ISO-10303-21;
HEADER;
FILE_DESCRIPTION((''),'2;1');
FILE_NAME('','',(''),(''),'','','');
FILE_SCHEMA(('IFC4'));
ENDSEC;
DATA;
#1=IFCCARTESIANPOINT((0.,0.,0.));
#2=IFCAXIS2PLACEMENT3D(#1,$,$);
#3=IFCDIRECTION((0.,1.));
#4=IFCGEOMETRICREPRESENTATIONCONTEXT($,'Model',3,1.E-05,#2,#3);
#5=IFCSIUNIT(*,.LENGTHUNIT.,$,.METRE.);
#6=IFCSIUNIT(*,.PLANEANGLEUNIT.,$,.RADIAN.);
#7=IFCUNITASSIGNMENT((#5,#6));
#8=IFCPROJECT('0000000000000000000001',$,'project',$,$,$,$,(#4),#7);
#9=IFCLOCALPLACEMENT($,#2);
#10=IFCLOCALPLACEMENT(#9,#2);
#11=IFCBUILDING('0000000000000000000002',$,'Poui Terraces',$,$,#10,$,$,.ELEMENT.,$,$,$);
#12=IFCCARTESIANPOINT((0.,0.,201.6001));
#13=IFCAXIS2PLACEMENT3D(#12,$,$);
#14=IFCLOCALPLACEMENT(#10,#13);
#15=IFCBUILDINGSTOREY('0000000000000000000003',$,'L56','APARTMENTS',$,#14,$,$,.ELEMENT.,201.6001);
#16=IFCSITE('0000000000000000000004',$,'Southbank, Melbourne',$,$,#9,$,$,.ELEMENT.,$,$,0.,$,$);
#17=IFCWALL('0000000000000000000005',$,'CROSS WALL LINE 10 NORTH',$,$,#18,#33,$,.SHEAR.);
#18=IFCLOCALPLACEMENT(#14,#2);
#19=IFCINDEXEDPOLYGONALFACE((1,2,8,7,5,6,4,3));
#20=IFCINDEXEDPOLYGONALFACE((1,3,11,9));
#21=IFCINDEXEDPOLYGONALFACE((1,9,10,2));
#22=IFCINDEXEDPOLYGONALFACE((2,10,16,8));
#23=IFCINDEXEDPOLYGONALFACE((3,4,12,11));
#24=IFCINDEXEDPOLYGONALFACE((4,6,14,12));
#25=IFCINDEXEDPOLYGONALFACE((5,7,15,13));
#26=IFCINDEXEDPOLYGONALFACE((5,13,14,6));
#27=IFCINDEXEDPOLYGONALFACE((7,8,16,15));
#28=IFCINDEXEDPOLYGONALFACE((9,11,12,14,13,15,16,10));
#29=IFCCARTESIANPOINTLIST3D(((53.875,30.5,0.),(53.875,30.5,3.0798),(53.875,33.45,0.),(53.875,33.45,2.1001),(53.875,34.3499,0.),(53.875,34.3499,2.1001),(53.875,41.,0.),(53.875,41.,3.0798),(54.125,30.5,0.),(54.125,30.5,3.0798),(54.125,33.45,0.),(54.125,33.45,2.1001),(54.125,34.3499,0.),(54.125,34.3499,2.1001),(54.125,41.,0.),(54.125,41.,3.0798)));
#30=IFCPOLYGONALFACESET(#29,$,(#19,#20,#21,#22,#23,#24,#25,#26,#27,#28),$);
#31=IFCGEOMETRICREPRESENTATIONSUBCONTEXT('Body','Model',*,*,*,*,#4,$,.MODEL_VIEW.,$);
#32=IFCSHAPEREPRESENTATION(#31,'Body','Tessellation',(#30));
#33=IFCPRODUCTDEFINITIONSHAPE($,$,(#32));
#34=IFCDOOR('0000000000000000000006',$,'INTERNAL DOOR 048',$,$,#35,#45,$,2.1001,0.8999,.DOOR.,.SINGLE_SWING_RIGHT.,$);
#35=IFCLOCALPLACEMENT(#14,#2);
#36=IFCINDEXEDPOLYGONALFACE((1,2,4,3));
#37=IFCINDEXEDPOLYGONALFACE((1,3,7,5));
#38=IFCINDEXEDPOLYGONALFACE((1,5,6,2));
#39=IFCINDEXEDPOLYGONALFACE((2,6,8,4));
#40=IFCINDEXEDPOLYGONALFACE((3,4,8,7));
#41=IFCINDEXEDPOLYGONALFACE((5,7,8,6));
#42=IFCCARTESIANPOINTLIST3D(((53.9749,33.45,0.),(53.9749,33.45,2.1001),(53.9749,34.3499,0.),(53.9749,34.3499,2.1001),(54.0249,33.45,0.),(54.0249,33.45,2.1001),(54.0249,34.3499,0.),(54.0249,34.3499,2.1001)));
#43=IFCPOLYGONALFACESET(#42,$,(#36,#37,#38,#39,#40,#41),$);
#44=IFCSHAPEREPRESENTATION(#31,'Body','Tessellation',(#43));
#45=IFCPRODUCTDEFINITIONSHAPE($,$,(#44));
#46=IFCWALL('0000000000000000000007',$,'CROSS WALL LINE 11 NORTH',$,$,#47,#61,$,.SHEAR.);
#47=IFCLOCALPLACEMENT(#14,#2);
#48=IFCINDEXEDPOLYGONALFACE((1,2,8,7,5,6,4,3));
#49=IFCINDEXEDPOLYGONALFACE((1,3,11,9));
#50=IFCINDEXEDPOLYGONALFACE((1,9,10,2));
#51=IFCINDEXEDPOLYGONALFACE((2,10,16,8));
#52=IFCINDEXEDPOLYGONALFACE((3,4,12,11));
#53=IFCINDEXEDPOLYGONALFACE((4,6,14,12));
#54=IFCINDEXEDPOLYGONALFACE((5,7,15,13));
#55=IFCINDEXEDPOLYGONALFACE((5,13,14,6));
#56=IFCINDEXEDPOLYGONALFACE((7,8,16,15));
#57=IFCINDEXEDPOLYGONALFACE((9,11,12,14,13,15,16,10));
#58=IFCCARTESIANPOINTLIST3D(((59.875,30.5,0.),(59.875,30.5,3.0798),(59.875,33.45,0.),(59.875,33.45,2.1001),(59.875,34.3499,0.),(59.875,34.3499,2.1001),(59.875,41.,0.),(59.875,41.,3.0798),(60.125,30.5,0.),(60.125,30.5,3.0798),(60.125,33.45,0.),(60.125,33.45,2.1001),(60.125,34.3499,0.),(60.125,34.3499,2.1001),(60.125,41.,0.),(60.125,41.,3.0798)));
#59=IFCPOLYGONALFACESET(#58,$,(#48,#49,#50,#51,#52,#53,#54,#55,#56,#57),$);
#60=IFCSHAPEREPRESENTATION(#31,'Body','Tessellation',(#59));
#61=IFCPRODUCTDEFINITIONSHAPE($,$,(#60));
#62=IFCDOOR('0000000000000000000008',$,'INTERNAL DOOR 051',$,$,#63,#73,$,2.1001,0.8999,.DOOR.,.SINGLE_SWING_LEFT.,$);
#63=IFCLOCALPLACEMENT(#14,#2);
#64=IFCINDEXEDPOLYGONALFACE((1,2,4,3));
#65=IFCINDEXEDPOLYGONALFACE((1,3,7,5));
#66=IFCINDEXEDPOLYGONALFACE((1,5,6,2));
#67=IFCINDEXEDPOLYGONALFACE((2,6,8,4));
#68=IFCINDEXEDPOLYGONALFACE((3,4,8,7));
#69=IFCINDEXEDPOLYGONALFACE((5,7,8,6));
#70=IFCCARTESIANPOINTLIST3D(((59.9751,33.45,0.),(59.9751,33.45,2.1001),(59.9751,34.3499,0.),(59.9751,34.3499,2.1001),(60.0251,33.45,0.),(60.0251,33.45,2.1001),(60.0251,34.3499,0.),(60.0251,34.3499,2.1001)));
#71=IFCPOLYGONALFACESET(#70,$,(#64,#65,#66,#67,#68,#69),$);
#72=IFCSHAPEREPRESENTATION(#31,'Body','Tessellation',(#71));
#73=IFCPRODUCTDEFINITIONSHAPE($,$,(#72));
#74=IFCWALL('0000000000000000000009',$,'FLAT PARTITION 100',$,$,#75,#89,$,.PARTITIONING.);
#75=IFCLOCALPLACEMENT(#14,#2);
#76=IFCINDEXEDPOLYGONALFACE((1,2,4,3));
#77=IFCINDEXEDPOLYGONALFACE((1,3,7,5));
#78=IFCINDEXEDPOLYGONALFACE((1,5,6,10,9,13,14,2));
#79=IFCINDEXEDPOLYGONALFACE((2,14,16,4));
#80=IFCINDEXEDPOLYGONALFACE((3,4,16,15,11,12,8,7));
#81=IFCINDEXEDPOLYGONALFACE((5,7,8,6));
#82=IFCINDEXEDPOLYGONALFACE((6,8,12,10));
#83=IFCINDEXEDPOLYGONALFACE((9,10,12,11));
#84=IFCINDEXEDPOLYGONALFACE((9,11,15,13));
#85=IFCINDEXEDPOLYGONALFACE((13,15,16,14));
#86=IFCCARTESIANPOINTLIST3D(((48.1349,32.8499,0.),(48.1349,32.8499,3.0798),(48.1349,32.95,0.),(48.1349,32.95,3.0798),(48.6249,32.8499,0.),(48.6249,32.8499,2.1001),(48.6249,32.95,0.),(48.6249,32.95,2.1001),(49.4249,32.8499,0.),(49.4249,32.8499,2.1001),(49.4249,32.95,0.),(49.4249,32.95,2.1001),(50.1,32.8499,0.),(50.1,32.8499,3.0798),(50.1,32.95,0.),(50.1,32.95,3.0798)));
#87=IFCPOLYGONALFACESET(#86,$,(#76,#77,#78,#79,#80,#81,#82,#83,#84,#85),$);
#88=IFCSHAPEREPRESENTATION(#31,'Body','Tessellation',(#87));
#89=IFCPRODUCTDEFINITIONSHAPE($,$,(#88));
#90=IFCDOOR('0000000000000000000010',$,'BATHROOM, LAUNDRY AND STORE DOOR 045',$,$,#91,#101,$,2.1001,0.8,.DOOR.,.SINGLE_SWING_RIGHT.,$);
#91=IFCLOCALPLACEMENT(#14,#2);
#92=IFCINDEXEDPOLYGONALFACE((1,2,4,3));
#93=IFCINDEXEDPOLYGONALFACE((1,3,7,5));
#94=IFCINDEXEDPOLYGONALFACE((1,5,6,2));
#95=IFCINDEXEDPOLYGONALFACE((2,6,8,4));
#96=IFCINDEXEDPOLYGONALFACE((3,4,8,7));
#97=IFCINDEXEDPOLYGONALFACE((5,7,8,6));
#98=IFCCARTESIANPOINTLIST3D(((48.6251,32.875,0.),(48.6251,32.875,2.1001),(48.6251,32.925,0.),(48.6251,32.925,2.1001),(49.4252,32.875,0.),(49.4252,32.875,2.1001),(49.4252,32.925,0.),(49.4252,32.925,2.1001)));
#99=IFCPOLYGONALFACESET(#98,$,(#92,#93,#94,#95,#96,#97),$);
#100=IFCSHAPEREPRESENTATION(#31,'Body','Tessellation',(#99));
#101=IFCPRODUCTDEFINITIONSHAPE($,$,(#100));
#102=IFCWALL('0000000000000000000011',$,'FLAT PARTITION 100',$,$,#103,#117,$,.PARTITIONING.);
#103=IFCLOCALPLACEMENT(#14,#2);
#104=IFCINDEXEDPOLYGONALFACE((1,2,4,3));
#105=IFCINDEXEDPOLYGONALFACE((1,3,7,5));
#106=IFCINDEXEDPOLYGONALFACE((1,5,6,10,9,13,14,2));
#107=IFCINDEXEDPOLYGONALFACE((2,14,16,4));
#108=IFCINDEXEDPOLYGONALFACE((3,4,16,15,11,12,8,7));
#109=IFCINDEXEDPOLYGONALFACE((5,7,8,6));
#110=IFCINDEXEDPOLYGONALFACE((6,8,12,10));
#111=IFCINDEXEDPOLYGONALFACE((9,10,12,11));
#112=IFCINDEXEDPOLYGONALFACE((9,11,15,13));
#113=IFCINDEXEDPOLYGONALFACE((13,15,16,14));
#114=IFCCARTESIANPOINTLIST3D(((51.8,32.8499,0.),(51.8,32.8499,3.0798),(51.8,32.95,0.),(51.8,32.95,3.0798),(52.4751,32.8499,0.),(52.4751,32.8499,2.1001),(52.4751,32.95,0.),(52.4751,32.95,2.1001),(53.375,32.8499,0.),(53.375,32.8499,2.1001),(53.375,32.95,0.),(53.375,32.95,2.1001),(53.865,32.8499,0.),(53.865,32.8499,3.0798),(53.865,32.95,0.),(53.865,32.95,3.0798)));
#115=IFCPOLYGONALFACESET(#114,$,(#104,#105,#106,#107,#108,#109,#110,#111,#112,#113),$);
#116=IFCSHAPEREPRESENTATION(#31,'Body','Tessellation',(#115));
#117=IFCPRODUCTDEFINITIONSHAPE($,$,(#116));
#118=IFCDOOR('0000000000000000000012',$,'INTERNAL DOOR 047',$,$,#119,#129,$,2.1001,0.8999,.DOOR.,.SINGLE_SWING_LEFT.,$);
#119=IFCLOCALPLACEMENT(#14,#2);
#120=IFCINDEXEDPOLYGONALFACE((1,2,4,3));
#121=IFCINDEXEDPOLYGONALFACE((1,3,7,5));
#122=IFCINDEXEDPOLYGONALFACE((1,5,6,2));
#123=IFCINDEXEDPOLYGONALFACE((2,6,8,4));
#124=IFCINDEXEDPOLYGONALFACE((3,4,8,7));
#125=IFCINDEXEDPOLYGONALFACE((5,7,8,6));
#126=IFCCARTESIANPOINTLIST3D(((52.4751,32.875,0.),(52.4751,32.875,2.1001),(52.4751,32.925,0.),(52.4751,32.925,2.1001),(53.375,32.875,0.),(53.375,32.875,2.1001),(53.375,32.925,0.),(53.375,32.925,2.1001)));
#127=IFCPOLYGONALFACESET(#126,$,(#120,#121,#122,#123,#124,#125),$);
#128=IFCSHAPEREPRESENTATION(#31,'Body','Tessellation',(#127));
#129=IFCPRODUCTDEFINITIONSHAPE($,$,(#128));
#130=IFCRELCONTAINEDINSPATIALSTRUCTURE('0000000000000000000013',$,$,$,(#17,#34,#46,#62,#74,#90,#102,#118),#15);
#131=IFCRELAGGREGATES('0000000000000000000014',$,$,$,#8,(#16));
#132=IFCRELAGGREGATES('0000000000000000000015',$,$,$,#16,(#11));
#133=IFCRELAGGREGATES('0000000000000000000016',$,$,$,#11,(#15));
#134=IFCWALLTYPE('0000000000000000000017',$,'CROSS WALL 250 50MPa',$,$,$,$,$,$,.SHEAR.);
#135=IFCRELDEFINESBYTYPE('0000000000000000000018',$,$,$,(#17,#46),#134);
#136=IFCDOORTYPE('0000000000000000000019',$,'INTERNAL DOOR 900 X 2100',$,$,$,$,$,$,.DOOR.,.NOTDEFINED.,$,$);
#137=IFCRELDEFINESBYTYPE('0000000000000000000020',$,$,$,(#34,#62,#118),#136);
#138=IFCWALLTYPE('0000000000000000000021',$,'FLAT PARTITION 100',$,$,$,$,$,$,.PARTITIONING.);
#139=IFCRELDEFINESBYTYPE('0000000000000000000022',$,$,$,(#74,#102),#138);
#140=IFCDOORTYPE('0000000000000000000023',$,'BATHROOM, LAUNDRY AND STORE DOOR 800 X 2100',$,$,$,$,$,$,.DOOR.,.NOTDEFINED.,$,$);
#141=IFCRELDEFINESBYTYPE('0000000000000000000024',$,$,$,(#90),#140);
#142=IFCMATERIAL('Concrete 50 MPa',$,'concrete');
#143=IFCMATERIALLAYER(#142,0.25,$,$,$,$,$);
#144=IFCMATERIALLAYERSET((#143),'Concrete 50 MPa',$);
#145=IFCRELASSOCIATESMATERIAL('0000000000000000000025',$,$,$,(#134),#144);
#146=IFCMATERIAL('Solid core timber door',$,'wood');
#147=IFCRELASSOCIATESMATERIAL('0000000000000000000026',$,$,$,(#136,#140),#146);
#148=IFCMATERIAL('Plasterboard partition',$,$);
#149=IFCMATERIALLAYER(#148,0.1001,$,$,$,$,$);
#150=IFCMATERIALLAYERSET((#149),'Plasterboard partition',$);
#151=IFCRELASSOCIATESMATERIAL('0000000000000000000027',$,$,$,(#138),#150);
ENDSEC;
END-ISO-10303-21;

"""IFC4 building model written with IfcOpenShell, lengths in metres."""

from ifc_helpers import new_model, si_unit, direction, frame, frame_2d, origin, place, context, subcontext, project, spatial, rectangle, extrude, material, layer, layer_set, type_object, element, fill, save


model = new_model("IFC4")

# Units and contexts
model_context = context("Model", 3, precision=1e-05, world=origin(), true_north=direction((0.0, 1.0)))
body_context = subcontext(model_context, "Body", "Model", "MODEL_VIEW")
ifc_project = project(units=[si_unit("LENGTHUNIT", "METRE"), si_unit("PLANEANGLEUNIT", "RADIAN")], contexts=[model_context])

# Site, building, storey
site_placement = place(None, origin())
site = spatial("IfcSite", under=ifc_project, at=site_placement, Name="Southbank, Melbourne", CompositionType="ELEMENT", RefElevation=0.0)
building_placement = place(site_placement, origin())
building = spatial("IfcBuilding", under=site, at=building_placement, Name="Poui Terraces", CompositionType="ELEMENT")
storey_placement = place(building_placement, frame((0.0, 0.0, 201.6001)))
storey = spatial("IfcBuildingStorey", under=building, at=storey_placement, Name="L56", Description="APARTMENTS", CompositionType="ELEMENT", Elevation=201.6001)

# Walls, openings, doors
ifc_material_1 = material(Name="Concrete 50 MPa", Category="concrete")
ifc_layer_1 = layer(ifc_material_1, 0.25)
ifc_layer_set_1 = layer_set([ifc_layer_1], Name="Concrete 50 MPa")
wall_type_1 = type_object("IfcWallType", Name="CROSS WALL 250 50MPa", PredefinedType="SHEAR", material=ifc_layer_set_1)
wall_1_placement = place(storey_placement, frame((54.0, 30.5, 0.0), z_axis=(0.0, 0.0, 1.0), x_axis=(0.0, 1.0, 0.0)))
wall_1 = element("IfcWall", 1, at=wall_1_placement, inside=storey, type_object=wall_type_1, Name="CROSS WALL LINE 10 NORTH", PredefinedType="SHEAR", context=body_context, shape_type="SweptSolid", body=[
    extrude(rectangle(XDim=10.5, YDim=0.25, at=frame_2d((5.25, 0.0))), origin(), (0.0, 0.0, 1.0), 3.0798),
])
opening_1_placement = place(wall_1_placement, frame((2.95, 0.0, 0.0)))
opening_1 = element("IfcOpeningElement", 2, at=opening_1_placement, cuts=wall_1, PredefinedType="OPENING", context=body_context, shape_type="SweptSolid", body=[
    extrude(rectangle(XDim=0.8999, YDim=2.1001, at=frame_2d((0.45, 1.05))), frame((0.0, 0.135, 0.0), z_axis=(0.0, -1.0, 0.0), x_axis=(1.0, 0.0, 0.0)), (0.0, 0.0, 1.0), 0.27),
])
ifc_material_2 = material(Name="Solid core timber door", Category="wood")
door_type_1 = type_object("IfcDoorType", Name="INTERNAL DOOR 900 X 2100", OperationType="NOTDEFINED", PredefinedType="DOOR", material=ifc_material_2)
door_1_placement = place(opening_1_placement, frame((0.8999, 0.0, 0.0), z_axis=(0.0, 0.0, 1.0), x_axis=(-1.0, 0.0, 0.0)))
door_1 = element("IfcDoor", 3, at=door_1_placement, inside=storey, type_object=door_type_1, Name="INTERNAL DOOR 048", OperationType="SINGLE_SWING_RIGHT", OverallHeight=2.1001, OverallWidth=0.8999, PredefinedType="DOOR", context=body_context, shape_type="SweptSolid", body=[
    extrude(rectangle(XDim=0.8999, YDim=2.1001, at=frame_2d((0.45, 1.05))), frame((0.0, 0.0249, 0.0), z_axis=(0.0, -1.0, 0.0), x_axis=(1.0, 0.0, 0.0)), (0.0, 0.0, 1.0), 0.05),
])
fill(opening_1, door_1)
wall_2_placement = place(storey_placement, frame((60.0, 30.5, 0.0), z_axis=(0.0, 0.0, 1.0), x_axis=(0.0, 1.0, 0.0)))
wall_2 = element("IfcWall", 4, at=wall_2_placement, inside=storey, type_object=wall_type_1, Name="CROSS WALL LINE 11 NORTH", PredefinedType="SHEAR", context=body_context, shape_type="SweptSolid", body=[
    extrude(rectangle(XDim=10.5, YDim=0.25, at=frame_2d((5.25, 0.0))), origin(), (0.0, 0.0, 1.0), 3.0798),
])
opening_2_placement = place(wall_2_placement, frame((2.95, 0.0, 0.0)))
opening_2 = element("IfcOpeningElement", 5, at=opening_2_placement, cuts=wall_2, PredefinedType="OPENING", context=body_context, shape_type="SweptSolid", body=[
    extrude(rectangle(XDim=0.8999, YDim=2.1001, at=frame_2d((0.45, 1.05))), frame((0.0, 0.135, 0.0), z_axis=(0.0, -1.0, 0.0), x_axis=(1.0, 0.0, 0.0)), (0.0, 0.0, 1.0), 0.27),
])
door_2_placement = place(opening_2_placement, origin())
door_2 = element("IfcDoor", 6, at=door_2_placement, inside=storey, type_object=door_type_1, Name="INTERNAL DOOR 051", OperationType="SINGLE_SWING_LEFT", OverallHeight=2.1001, OverallWidth=0.8999, PredefinedType="DOOR", context=body_context, shape_type="SweptSolid", body=[
    extrude(rectangle(XDim=0.8999, YDim=2.1001, at=frame_2d((0.45, 1.05))), frame((0.0, 0.0249, 0.0), z_axis=(0.0, -1.0, 0.0), x_axis=(1.0, 0.0, 0.0)), (0.0, 0.0, 1.0), 0.05),
])
fill(opening_2, door_2)
ifc_material_3 = material(Name="Plasterboard partition")
ifc_layer_2 = layer(ifc_material_3, 0.1001)
ifc_layer_set_2 = layer_set([ifc_layer_2], Name="Plasterboard partition")
wall_type_2 = type_object("IfcWallType", Name="FLAT PARTITION 100", PredefinedType="PARTITIONING", material=ifc_layer_set_2)
wall_3_placement = place(storey_placement, frame((48.135, 32.8999, 0.0), z_axis=(0.0, 0.0, 1.0), x_axis=(1.0, 0.0, 0.0)))
wall_3 = element("IfcWall", 7, at=wall_3_placement, inside=storey, type_object=wall_type_2, Name="FLAT PARTITION 100", PredefinedType="PARTITIONING", context=body_context, shape_type="SweptSolid", body=[
    extrude(rectangle(XDim=1.9651, YDim=0.1001, at=frame_2d((0.9824, 0.0))), origin(), (0.0, 0.0, 1.0), 3.0798),
])
opening_3_placement = place(wall_3_placement, frame((0.49, 0.0, 0.0)))
opening_3 = element("IfcOpeningElement", 8, at=opening_3_placement, cuts=wall_3, PredefinedType="OPENING", context=body_context, shape_type="SweptSolid", body=[
    extrude(rectangle(XDim=0.8, YDim=2.1001, at=frame_2d((0.3999, 1.05))), frame((0.0, 0.0601, 0.0), z_axis=(0.0, -1.0, 0.0), x_axis=(1.0, 0.0, 0.0)), (0.0, 0.0, 1.0), 0.1201),
])
door_type_2 = type_object("IfcDoorType", Name="BATHROOM, LAUNDRY AND STORE DOOR 800 X 2100", OperationType="NOTDEFINED", PredefinedType="DOOR", material=ifc_material_2)
door_3_placement = place(opening_3_placement, frame((0.8, 0.0, 0.0), z_axis=(0.0, 0.0, 1.0), x_axis=(-1.0, 0.0, 0.0)))
door_3 = element("IfcDoor", 9, at=door_3_placement, inside=storey, type_object=door_type_2, Name="BATHROOM, LAUNDRY AND STORE DOOR 045", OperationType="SINGLE_SWING_RIGHT", OverallHeight=2.1001, OverallWidth=0.8, PredefinedType="DOOR", context=body_context, shape_type="SweptSolid", body=[
    extrude(rectangle(XDim=0.8, YDim=2.1001, at=frame_2d((0.3999, 1.05))), frame((0.0, 0.0249, 0.0), z_axis=(0.0, -1.0, 0.0), x_axis=(1.0, 0.0, 0.0)), (0.0, 0.0, 1.0), 0.05),
])
fill(opening_3, door_3)
wall_4_placement = place(storey_placement, frame((51.8, 32.8999, 0.0), z_axis=(0.0, 0.0, 1.0), x_axis=(1.0, 0.0, 0.0)))
wall_4 = element("IfcWall", 10, at=wall_4_placement, inside=storey, type_object=wall_type_2, Name="FLAT PARTITION 100", PredefinedType="PARTITIONING", context=body_context, shape_type="SweptSolid", body=[
    extrude(rectangle(XDim=2.0649, YDim=0.1001, at=frame_2d((1.0325, 0.0))), origin(), (0.0, 0.0, 1.0), 3.0798),
])
opening_4_placement = place(wall_4_placement, frame((0.675, 0.0, 0.0)))
opening_4 = element("IfcOpeningElement", 11, at=opening_4_placement, cuts=wall_4, PredefinedType="OPENING", context=body_context, shape_type="SweptSolid", body=[
    extrude(rectangle(XDim=0.8999, YDim=2.1001, at=frame_2d((0.45, 1.05))), frame((0.0, 0.0601, 0.0), z_axis=(0.0, -1.0, 0.0), x_axis=(1.0, 0.0, 0.0)), (0.0, 0.0, 1.0), 0.1201),
])
door_4_placement = place(opening_4_placement, frame((0.8999, 0.0, 0.0), z_axis=(0.0, 0.0, 1.0), x_axis=(-1.0, 0.0, 0.0)))
door_4 = element("IfcDoor", 12, at=door_4_placement, inside=storey, type_object=door_type_1, Name="INTERNAL DOOR 047", OperationType="SINGLE_SWING_LEFT", OverallHeight=2.1001, OverallWidth=0.8999, PredefinedType="DOOR", context=body_context, shape_type="SweptSolid", body=[
    extrude(rectangle(XDim=0.8999, YDim=2.1001, at=frame_2d((0.45, 1.05))), frame((0.0, 0.0249, 0.0), z_axis=(0.0, -1.0, 0.0), x_axis=(1.0, 0.0, 0.0)), (0.0, 0.0, 1.0), 0.05),
])
fill(opening_4, door_4)

save(model, "model.ifc")
